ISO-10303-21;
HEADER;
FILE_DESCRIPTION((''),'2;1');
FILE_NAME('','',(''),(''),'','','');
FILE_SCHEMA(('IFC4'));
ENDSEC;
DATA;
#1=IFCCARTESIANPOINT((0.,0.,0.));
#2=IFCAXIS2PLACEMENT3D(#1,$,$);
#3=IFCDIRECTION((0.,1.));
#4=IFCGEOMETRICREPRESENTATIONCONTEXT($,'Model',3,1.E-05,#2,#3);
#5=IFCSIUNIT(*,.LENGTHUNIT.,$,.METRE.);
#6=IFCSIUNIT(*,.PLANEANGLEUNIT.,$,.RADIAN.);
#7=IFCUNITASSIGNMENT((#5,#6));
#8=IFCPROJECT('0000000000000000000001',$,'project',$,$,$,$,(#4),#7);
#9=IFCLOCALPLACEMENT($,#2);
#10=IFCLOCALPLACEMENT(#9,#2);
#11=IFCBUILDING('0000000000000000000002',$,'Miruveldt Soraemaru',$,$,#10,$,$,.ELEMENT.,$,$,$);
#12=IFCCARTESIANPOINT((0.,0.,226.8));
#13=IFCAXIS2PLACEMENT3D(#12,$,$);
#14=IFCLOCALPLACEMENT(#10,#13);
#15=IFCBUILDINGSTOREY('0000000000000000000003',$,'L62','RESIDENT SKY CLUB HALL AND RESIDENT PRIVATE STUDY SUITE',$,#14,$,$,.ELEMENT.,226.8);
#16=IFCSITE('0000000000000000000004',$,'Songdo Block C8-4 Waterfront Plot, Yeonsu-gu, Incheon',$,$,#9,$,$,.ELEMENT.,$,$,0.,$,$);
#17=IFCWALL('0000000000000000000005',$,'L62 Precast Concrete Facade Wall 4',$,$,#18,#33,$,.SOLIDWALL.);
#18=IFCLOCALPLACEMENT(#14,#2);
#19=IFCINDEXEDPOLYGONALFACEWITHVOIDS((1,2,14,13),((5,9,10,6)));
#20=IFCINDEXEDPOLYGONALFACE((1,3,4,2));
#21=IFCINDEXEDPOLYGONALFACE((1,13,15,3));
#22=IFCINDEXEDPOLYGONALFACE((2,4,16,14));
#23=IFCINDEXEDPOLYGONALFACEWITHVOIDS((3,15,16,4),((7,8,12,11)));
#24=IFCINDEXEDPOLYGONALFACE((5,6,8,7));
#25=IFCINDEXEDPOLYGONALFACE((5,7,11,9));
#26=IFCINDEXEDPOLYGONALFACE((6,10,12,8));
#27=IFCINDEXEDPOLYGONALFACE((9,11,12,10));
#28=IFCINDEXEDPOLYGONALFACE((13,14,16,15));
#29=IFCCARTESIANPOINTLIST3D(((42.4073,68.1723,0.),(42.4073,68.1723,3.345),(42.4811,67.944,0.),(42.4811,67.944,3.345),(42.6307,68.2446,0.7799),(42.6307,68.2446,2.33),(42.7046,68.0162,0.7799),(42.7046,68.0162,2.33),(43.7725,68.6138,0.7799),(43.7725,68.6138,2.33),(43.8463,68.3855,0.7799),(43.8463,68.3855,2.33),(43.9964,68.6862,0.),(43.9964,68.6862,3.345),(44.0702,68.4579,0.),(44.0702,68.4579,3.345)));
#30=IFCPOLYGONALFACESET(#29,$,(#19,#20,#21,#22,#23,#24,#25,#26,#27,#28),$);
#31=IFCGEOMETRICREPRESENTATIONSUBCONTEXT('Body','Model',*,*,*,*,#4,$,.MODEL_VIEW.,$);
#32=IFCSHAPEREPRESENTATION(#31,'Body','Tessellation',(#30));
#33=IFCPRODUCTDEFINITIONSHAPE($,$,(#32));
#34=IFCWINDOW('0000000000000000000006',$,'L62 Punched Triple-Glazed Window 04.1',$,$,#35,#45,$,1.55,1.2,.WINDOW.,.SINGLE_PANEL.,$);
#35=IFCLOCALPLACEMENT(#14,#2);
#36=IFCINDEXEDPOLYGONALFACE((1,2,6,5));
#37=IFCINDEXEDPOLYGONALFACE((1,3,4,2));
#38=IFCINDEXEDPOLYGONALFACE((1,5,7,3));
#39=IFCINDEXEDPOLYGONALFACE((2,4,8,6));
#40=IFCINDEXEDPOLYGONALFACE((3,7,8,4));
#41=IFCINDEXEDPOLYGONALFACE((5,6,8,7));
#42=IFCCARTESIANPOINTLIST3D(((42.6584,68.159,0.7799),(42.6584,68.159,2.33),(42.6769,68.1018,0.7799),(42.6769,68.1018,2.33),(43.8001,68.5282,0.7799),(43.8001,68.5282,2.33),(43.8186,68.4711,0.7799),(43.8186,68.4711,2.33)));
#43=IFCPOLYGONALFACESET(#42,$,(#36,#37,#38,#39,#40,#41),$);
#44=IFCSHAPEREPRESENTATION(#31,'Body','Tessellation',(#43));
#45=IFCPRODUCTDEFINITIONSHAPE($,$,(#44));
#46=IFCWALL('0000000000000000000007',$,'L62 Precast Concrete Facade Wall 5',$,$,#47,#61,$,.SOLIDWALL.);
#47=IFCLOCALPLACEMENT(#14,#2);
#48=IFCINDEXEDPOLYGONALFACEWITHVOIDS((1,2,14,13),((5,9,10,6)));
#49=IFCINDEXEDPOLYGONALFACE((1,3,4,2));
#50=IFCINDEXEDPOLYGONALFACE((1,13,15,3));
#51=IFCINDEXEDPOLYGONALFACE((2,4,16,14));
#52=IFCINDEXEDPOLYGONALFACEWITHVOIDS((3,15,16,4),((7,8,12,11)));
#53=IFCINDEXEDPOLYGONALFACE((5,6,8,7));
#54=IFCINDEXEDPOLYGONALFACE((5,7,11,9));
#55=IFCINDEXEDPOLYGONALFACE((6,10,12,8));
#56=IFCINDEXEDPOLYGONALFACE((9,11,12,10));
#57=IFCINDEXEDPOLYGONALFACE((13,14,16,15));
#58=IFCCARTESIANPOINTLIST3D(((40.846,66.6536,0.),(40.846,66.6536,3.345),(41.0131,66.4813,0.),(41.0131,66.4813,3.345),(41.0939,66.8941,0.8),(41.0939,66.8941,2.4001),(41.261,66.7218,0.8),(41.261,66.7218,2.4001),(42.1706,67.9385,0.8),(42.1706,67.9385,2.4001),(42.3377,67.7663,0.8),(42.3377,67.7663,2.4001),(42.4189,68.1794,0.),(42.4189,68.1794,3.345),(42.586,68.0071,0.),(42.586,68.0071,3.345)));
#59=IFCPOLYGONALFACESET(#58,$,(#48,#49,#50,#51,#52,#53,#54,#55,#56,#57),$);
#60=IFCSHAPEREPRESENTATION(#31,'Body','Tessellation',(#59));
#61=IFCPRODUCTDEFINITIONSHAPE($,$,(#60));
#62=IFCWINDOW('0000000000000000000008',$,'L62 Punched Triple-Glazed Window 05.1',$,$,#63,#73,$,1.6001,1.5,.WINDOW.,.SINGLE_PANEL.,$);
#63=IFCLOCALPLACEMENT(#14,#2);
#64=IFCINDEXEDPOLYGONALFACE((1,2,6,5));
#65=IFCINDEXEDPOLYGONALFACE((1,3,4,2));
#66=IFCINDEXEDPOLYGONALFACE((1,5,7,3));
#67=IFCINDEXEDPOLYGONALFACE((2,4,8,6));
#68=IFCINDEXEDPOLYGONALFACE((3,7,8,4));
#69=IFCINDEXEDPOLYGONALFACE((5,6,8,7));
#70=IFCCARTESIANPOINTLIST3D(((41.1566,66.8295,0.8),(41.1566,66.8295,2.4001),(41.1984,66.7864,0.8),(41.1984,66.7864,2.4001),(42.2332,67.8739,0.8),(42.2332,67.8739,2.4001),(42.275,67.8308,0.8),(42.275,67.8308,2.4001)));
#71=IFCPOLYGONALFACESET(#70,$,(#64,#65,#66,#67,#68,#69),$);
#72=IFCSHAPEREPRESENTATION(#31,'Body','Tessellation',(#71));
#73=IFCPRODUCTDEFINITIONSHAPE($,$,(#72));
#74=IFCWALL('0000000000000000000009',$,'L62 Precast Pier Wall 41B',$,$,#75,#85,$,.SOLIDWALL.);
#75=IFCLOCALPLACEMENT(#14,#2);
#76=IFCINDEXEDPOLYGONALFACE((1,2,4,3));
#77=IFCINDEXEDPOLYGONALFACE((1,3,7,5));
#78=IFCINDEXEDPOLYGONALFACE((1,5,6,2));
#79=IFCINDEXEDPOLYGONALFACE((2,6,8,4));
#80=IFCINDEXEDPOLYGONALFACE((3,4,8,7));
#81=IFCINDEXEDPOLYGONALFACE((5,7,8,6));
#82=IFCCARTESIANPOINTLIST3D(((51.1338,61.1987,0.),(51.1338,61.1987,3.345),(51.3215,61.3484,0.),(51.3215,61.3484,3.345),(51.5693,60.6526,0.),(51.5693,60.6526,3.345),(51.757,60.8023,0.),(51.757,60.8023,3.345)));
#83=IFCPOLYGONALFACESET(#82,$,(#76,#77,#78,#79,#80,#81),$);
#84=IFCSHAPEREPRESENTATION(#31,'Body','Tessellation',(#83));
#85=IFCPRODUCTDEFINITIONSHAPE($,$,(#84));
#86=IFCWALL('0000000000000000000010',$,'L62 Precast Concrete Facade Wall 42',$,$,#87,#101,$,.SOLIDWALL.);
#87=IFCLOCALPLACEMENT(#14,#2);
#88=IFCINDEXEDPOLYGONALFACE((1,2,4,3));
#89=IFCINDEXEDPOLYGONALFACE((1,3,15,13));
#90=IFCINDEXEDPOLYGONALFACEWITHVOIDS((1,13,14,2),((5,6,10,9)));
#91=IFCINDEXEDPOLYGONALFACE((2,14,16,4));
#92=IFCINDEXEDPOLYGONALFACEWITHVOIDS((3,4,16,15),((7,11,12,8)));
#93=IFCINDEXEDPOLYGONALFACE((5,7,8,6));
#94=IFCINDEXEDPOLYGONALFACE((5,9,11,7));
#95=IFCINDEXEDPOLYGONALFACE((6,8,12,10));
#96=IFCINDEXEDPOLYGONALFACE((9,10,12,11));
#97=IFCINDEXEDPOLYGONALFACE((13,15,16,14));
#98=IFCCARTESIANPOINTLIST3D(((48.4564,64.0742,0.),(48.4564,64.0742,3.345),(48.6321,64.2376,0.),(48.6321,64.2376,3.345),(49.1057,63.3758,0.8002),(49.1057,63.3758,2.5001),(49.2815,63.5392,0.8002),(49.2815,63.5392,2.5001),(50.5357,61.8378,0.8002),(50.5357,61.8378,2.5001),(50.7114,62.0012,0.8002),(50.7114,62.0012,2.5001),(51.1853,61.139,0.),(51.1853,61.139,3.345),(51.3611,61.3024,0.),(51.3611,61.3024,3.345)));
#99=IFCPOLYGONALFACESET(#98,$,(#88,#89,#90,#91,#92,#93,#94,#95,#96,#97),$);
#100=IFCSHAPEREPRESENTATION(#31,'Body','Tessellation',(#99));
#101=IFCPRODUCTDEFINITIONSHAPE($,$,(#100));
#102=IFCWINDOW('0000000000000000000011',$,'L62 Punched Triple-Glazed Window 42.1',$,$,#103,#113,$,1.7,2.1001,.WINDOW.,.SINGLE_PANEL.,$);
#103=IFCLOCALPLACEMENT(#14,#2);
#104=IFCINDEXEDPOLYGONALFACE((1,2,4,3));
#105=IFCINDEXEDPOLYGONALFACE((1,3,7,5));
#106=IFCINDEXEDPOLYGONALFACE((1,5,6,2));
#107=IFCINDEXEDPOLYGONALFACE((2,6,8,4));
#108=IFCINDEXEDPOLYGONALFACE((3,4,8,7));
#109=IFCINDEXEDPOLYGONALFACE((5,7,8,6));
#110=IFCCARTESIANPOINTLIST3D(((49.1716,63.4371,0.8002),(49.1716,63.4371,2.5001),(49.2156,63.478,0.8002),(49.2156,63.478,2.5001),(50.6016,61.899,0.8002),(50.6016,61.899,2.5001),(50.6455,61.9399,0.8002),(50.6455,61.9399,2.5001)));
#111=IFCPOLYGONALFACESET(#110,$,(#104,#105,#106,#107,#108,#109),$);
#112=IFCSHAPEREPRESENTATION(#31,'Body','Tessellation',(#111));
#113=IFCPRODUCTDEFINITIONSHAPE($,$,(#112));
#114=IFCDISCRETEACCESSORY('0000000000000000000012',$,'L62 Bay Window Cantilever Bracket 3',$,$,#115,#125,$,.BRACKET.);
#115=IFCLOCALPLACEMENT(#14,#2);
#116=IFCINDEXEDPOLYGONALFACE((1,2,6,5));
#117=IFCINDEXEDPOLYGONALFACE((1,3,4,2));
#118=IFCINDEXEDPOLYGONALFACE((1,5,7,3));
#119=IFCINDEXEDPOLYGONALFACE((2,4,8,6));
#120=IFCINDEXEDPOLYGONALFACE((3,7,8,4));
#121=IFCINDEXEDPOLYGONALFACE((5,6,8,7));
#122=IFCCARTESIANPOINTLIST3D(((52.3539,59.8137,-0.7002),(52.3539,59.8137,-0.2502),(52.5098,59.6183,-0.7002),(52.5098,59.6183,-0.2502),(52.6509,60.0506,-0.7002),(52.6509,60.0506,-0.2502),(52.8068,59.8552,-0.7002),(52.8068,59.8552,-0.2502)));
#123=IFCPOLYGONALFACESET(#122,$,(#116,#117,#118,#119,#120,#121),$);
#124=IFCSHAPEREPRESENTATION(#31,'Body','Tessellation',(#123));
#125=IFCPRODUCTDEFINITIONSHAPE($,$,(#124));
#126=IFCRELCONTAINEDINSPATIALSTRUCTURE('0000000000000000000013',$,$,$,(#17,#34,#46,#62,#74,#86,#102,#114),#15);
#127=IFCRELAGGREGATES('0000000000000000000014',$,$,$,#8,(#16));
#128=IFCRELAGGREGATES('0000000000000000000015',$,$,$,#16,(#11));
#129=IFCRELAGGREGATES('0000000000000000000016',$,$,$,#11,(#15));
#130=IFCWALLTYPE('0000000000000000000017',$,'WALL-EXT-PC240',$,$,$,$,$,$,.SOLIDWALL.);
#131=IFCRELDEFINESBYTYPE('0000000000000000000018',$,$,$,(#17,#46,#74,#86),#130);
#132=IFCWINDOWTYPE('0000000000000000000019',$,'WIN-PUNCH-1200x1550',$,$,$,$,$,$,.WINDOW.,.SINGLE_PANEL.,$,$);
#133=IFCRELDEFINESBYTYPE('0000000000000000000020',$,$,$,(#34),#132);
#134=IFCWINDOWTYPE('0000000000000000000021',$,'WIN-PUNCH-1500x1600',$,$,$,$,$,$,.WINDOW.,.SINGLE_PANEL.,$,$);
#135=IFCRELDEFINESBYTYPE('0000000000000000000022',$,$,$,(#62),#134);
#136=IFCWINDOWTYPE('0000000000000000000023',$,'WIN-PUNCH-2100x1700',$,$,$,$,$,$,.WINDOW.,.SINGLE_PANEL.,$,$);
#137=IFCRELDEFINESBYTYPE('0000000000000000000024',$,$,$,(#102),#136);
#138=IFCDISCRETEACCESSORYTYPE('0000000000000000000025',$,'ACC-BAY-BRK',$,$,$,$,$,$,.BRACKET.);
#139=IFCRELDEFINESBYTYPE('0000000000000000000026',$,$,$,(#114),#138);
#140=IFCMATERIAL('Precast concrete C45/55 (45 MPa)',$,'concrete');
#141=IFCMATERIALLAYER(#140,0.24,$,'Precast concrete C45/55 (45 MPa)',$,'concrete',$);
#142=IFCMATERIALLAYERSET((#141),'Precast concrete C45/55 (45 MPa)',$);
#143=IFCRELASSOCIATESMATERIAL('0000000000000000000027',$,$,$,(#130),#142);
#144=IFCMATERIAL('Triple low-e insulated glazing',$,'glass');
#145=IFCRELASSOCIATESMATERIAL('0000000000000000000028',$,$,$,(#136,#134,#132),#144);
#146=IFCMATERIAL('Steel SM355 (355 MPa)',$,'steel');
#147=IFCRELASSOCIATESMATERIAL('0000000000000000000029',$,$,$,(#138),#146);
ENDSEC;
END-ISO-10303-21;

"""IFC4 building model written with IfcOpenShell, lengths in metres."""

from ifc_helpers import new_model, si_unit, direction, frame, frame_2d, origin, origin_2d, place, context, subcontext, project, spatial, rectangle, extrude, material, layer, layer_set, type_object, element, fill, save


model = new_model("IFC4")

# Units and contexts
model_context = context("Model", 3, precision=1e-05, world=origin(), true_north=direction((0.0, 1.0)))
body_context = subcontext(model_context, "Body", "Model", "MODEL_VIEW")
ifc_project = project(units=[si_unit("LENGTHUNIT", "METRE"), si_unit("PLANEANGLEUNIT", "RADIAN")], contexts=[model_context])

# Site, building, storey
site_placement = place(None, origin())
site = spatial("IfcSite", under=ifc_project, at=site_placement, Name="Songdo Block C8-4 Waterfront Plot, Yeonsu-gu, Incheon", CompositionType="ELEMENT", RefElevation=0.0)
building_placement = place(site_placement, origin())
building = spatial("IfcBuilding", under=site, at=building_placement, Name="Miruveldt Soraemaru", CompositionType="ELEMENT")
storey_placement = place(building_placement, frame((0.0, 0.0, 226.8)))
storey = spatial("IfcBuildingStorey", under=building, at=storey_placement, Name="L62", Description="RESIDENT SKY CLUB HALL AND RESIDENT PRIVATE STUDY SUITE", CompositionType="ELEMENT", Elevation=226.8)

# Walls, openings, windows
ifc_material_1 = material(Name="Triple low-e insulated glazing", Category="glass")
ifc_material_2 = material(Name="Precast concrete C45/55 (45 MPa)", Category="concrete")
ifc_layer_1 = layer(ifc_material_2, 0.24, Name="Precast concrete C45/55 (45 MPa)", Category="concrete")
ifc_layer_set_1 = layer_set([ifc_layer_1], Name="Precast concrete C45/55 (45 MPa)")
wall_type_1 = type_object("IfcWallType", Name="WALL-EXT-PC240", PredefinedType="SOLIDWALL", material=ifc_layer_set_1)
window_type_1 = type_object("IfcWindowType", Name="WIN-PUNCH-2100x1700", PartitioningType="SINGLE_PANEL", PredefinedType="WINDOW", material=ifc_material_1)
window_type_2 = type_object("IfcWindowType", Name="WIN-PUNCH-1500x1600", PartitioningType="SINGLE_PANEL", PredefinedType="WINDOW", material=ifc_material_1)
window_type_3 = type_object("IfcWindowType", Name="WIN-PUNCH-1200x1550", PartitioningType="SINGLE_PANEL", PredefinedType="WINDOW", material=ifc_material_1)
wall_1_placement = place(storey_placement, frame((44.0332, 68.572, 0.0), z_axis=(0.0, 0.0, 1.0), x_axis=(-0.951481, -0.307707, 0.0)))
wall_1 = element("IfcWall", 1, at=wall_1_placement, inside=storey, type_object=wall_type_1, Name="L62 Precast Concrete Facade Wall 4", PredefinedType="SOLIDWALL", context=body_context, shape_type="SweptSolid", body=[
    extrude(rectangle(XDim=1.6702, YDim=0.24, at=frame_2d((0.835, 0.0))), origin(), (0.0, 0.0, 1.0), 3.345),
])
opening_1_placement = place(wall_1_placement, frame((0.2351, 0.0, 0.78)))
opening_1 = element("IfcOpeningElement", 2, at=opening_1_placement, cuts=wall_1, PredefinedType="OPENING", context=body_context, shape_type="SweptSolid", body=[
    extrude(rectangle(XDim=1.2, YDim=1.55, at=frame_2d((0.6001, 0.7749))), frame((0.0, 0.1299, 0.0), z_axis=(0.0, -1.0, 0.0), x_axis=(1.0, 0.0, 0.0)), (0.0, 0.0, 1.0), 0.26),
])
window_1_placement = place(opening_1_placement, origin())
window_1 = element("IfcWindow", 3, at=window_1_placement, inside=storey, type_object=window_type_3, Name="L62 Punched Triple-Glazed Window 04.1", OverallHeight=1.55, OverallWidth=1.2, PartitioningType="SINGLE_PANEL", PredefinedType="WINDOW", context=body_context, shape_type="SweptSolid", body=[
    extrude(rectangle(XDim=1.2, YDim=1.55, at=frame_2d((0.6001, 0.7749))), frame((0.0, 0.03, 0.0), z_axis=(0.0, -1.0, 0.0), x_axis=(1.0, 0.0, 0.0)), (0.0, 0.0, 1.0), 0.0601),
])
fill(opening_1, window_1)
wall_2_placement = place(storey_placement, frame((42.5024, 68.0933, 0.0), z_axis=(0.0, 0.0, 1.0), x_axis=(-0.717776, -0.696275, 0.0)))
wall_2 = element("IfcWall", 4, at=wall_2_placement, inside=storey, type_object=wall_type_1, Name="L62 Precast Concrete Facade Wall 5", PredefinedType="SOLIDWALL", context=body_context, shape_type="SweptSolid", body=[
    extrude(rectangle(XDim=2.1914, YDim=0.24, at=frame_2d((1.0957, 0.0))), origin(), (0.0, 0.0, 1.0), 3.345),
])
opening_2_placement = place(wall_2_placement, frame((0.3459, 0.0, 0.8)))
opening_2 = element("IfcOpeningElement", 5, at=opening_2_placement, cuts=wall_2, PredefinedType="OPENING", context=body_context, shape_type="SweptSolid", body=[
    extrude(rectangle(XDim=1.5, YDim=1.6001, at=frame_2d((0.75, 0.8))), frame((0.0, 0.1299, 0.0), z_axis=(0.0, -1.0, 0.0), x_axis=(1.0, 0.0, 0.0)), (0.0, 0.0, 1.0), 0.26),
])
window_2_placement = place(opening_2_placement, origin())
window_2 = element("IfcWindow", 6, at=window_2_placement, inside=storey, type_object=window_type_2, Name="L62 Punched Triple-Glazed Window 05.1", OverallHeight=1.6001, OverallWidth=1.5, PartitioningType="SINGLE_PANEL", PredefinedType="WINDOW", context=body_context, shape_type="SweptSolid", body=[
    extrude(rectangle(XDim=1.5, YDim=1.6001, at=frame_2d((0.75, 0.8))), frame((0.0, 0.03, 0.0), z_axis=(0.0, -1.0, 0.0), x_axis=(1.0, 0.0, 0.0)), (0.0, 0.0, 1.0), 0.0601),
])
fill(opening_2, window_2)

# Wall
wall_3_placement = place(storey_placement, frame((51.6631, 60.7275, 0.0), z_axis=(0.0, 0.0, 1.0), x_axis=(-0.623501, 0.781823, 0.0)))
element("IfcWall", 7, at=wall_3_placement, inside=storey, type_object=wall_type_1, Name="L62 Precast Pier Wall 41B", PredefinedType="SOLIDWALL", context=body_context, shape_type="SweptSolid", body=[
    extrude(rectangle(XDim=0.6985, YDim=0.24, at=frame_2d((0.3491, 0.0))), origin(), (0.0, 0.0, 1.0), 3.345),
])

# Wall, opening, window
wall_4_placement = place(storey_placement, frame((51.2732, 61.2207, 0.0), z_axis=(0.0, 0.0, 1.0), x_axis=(-0.680902, 0.732375, 0.0)))
wall_4 = element("IfcWall", 8, at=wall_4_placement, inside=storey, type_object=wall_type_1, Name="L62 Precast Concrete Facade Wall 42", PredefinedType="SOLIDWALL", context=body_context, shape_type="SweptSolid", body=[
    extrude(rectangle(XDim=4.0078, YDim=0.24, at=frame_2d((2.0039, 0.0))), origin(), (0.0, 0.0, 1.0), 3.345),
])
opening_3_placement = place(wall_4_placement, frame((0.9541, 0.0, 0.8)))
opening_3 = element("IfcOpeningElement", 9, at=opening_3_placement, cuts=wall_4, PredefinedType="OPENING", context=body_context, shape_type="SweptSolid", body=[
    extrude(rectangle(XDim=2.1001, YDim=1.7, at=frame_2d((1.05, 0.8501))), frame((0.0, 0.1299, 0.0), z_axis=(0.0, -1.0, 0.0), x_axis=(1.0, 0.0, 0.0)), (0.0, 0.0, 1.0), 0.26),
])
window_3_placement = place(opening_3_placement, origin())
window_3 = element("IfcWindow", 10, at=window_3_placement, inside=storey, type_object=window_type_1, Name="L62 Punched Triple-Glazed Window 42.1", OverallHeight=1.7, OverallWidth=2.1001, PartitioningType="SINGLE_PANEL", PredefinedType="WINDOW", context=body_context, shape_type="SweptSolid", body=[
    extrude(rectangle(XDim=2.1001, YDim=1.7, at=frame_2d((1.05, 0.8501))), frame((0.0, 0.03, 0.0), z_axis=(0.0, -1.0, 0.0), x_axis=(1.0, 0.0, 0.0)), (0.0, 0.0, 1.0), 0.0601),
])
fill(opening_3, window_3)

# Discrete accessory
ifc_material_3 = material(Name="Steel SM355 (355 MPa)", Category="steel")
discrete_accessory_type = type_object("IfcDiscreteAccessoryType", Name="ACC-BAY-BRK", PredefinedType="BRACKET", material=ifc_material_3)
discrete_accessory_placement = place(storey_placement, frame((52.5803, 59.8345, -0.7002), z_axis=(0.0, 0.0, 1.0), x_axis=(0.781738, 0.623607, 0.0)))
element("IfcDiscreteAccessory", 11, at=discrete_accessory_placement, inside=storey, type_object=discrete_accessory_type, Name="L62 Bay Window Cantilever Bracket 3", PredefinedType="BRACKET", context=body_context, shape_type="SweptSolid", body=[
    extrude(rectangle(XDim=0.3799, YDim=0.25, at=origin_2d()), origin(), (0.0, 0.0, 1.0), 0.45),
])

save(model, "model.ifc")
